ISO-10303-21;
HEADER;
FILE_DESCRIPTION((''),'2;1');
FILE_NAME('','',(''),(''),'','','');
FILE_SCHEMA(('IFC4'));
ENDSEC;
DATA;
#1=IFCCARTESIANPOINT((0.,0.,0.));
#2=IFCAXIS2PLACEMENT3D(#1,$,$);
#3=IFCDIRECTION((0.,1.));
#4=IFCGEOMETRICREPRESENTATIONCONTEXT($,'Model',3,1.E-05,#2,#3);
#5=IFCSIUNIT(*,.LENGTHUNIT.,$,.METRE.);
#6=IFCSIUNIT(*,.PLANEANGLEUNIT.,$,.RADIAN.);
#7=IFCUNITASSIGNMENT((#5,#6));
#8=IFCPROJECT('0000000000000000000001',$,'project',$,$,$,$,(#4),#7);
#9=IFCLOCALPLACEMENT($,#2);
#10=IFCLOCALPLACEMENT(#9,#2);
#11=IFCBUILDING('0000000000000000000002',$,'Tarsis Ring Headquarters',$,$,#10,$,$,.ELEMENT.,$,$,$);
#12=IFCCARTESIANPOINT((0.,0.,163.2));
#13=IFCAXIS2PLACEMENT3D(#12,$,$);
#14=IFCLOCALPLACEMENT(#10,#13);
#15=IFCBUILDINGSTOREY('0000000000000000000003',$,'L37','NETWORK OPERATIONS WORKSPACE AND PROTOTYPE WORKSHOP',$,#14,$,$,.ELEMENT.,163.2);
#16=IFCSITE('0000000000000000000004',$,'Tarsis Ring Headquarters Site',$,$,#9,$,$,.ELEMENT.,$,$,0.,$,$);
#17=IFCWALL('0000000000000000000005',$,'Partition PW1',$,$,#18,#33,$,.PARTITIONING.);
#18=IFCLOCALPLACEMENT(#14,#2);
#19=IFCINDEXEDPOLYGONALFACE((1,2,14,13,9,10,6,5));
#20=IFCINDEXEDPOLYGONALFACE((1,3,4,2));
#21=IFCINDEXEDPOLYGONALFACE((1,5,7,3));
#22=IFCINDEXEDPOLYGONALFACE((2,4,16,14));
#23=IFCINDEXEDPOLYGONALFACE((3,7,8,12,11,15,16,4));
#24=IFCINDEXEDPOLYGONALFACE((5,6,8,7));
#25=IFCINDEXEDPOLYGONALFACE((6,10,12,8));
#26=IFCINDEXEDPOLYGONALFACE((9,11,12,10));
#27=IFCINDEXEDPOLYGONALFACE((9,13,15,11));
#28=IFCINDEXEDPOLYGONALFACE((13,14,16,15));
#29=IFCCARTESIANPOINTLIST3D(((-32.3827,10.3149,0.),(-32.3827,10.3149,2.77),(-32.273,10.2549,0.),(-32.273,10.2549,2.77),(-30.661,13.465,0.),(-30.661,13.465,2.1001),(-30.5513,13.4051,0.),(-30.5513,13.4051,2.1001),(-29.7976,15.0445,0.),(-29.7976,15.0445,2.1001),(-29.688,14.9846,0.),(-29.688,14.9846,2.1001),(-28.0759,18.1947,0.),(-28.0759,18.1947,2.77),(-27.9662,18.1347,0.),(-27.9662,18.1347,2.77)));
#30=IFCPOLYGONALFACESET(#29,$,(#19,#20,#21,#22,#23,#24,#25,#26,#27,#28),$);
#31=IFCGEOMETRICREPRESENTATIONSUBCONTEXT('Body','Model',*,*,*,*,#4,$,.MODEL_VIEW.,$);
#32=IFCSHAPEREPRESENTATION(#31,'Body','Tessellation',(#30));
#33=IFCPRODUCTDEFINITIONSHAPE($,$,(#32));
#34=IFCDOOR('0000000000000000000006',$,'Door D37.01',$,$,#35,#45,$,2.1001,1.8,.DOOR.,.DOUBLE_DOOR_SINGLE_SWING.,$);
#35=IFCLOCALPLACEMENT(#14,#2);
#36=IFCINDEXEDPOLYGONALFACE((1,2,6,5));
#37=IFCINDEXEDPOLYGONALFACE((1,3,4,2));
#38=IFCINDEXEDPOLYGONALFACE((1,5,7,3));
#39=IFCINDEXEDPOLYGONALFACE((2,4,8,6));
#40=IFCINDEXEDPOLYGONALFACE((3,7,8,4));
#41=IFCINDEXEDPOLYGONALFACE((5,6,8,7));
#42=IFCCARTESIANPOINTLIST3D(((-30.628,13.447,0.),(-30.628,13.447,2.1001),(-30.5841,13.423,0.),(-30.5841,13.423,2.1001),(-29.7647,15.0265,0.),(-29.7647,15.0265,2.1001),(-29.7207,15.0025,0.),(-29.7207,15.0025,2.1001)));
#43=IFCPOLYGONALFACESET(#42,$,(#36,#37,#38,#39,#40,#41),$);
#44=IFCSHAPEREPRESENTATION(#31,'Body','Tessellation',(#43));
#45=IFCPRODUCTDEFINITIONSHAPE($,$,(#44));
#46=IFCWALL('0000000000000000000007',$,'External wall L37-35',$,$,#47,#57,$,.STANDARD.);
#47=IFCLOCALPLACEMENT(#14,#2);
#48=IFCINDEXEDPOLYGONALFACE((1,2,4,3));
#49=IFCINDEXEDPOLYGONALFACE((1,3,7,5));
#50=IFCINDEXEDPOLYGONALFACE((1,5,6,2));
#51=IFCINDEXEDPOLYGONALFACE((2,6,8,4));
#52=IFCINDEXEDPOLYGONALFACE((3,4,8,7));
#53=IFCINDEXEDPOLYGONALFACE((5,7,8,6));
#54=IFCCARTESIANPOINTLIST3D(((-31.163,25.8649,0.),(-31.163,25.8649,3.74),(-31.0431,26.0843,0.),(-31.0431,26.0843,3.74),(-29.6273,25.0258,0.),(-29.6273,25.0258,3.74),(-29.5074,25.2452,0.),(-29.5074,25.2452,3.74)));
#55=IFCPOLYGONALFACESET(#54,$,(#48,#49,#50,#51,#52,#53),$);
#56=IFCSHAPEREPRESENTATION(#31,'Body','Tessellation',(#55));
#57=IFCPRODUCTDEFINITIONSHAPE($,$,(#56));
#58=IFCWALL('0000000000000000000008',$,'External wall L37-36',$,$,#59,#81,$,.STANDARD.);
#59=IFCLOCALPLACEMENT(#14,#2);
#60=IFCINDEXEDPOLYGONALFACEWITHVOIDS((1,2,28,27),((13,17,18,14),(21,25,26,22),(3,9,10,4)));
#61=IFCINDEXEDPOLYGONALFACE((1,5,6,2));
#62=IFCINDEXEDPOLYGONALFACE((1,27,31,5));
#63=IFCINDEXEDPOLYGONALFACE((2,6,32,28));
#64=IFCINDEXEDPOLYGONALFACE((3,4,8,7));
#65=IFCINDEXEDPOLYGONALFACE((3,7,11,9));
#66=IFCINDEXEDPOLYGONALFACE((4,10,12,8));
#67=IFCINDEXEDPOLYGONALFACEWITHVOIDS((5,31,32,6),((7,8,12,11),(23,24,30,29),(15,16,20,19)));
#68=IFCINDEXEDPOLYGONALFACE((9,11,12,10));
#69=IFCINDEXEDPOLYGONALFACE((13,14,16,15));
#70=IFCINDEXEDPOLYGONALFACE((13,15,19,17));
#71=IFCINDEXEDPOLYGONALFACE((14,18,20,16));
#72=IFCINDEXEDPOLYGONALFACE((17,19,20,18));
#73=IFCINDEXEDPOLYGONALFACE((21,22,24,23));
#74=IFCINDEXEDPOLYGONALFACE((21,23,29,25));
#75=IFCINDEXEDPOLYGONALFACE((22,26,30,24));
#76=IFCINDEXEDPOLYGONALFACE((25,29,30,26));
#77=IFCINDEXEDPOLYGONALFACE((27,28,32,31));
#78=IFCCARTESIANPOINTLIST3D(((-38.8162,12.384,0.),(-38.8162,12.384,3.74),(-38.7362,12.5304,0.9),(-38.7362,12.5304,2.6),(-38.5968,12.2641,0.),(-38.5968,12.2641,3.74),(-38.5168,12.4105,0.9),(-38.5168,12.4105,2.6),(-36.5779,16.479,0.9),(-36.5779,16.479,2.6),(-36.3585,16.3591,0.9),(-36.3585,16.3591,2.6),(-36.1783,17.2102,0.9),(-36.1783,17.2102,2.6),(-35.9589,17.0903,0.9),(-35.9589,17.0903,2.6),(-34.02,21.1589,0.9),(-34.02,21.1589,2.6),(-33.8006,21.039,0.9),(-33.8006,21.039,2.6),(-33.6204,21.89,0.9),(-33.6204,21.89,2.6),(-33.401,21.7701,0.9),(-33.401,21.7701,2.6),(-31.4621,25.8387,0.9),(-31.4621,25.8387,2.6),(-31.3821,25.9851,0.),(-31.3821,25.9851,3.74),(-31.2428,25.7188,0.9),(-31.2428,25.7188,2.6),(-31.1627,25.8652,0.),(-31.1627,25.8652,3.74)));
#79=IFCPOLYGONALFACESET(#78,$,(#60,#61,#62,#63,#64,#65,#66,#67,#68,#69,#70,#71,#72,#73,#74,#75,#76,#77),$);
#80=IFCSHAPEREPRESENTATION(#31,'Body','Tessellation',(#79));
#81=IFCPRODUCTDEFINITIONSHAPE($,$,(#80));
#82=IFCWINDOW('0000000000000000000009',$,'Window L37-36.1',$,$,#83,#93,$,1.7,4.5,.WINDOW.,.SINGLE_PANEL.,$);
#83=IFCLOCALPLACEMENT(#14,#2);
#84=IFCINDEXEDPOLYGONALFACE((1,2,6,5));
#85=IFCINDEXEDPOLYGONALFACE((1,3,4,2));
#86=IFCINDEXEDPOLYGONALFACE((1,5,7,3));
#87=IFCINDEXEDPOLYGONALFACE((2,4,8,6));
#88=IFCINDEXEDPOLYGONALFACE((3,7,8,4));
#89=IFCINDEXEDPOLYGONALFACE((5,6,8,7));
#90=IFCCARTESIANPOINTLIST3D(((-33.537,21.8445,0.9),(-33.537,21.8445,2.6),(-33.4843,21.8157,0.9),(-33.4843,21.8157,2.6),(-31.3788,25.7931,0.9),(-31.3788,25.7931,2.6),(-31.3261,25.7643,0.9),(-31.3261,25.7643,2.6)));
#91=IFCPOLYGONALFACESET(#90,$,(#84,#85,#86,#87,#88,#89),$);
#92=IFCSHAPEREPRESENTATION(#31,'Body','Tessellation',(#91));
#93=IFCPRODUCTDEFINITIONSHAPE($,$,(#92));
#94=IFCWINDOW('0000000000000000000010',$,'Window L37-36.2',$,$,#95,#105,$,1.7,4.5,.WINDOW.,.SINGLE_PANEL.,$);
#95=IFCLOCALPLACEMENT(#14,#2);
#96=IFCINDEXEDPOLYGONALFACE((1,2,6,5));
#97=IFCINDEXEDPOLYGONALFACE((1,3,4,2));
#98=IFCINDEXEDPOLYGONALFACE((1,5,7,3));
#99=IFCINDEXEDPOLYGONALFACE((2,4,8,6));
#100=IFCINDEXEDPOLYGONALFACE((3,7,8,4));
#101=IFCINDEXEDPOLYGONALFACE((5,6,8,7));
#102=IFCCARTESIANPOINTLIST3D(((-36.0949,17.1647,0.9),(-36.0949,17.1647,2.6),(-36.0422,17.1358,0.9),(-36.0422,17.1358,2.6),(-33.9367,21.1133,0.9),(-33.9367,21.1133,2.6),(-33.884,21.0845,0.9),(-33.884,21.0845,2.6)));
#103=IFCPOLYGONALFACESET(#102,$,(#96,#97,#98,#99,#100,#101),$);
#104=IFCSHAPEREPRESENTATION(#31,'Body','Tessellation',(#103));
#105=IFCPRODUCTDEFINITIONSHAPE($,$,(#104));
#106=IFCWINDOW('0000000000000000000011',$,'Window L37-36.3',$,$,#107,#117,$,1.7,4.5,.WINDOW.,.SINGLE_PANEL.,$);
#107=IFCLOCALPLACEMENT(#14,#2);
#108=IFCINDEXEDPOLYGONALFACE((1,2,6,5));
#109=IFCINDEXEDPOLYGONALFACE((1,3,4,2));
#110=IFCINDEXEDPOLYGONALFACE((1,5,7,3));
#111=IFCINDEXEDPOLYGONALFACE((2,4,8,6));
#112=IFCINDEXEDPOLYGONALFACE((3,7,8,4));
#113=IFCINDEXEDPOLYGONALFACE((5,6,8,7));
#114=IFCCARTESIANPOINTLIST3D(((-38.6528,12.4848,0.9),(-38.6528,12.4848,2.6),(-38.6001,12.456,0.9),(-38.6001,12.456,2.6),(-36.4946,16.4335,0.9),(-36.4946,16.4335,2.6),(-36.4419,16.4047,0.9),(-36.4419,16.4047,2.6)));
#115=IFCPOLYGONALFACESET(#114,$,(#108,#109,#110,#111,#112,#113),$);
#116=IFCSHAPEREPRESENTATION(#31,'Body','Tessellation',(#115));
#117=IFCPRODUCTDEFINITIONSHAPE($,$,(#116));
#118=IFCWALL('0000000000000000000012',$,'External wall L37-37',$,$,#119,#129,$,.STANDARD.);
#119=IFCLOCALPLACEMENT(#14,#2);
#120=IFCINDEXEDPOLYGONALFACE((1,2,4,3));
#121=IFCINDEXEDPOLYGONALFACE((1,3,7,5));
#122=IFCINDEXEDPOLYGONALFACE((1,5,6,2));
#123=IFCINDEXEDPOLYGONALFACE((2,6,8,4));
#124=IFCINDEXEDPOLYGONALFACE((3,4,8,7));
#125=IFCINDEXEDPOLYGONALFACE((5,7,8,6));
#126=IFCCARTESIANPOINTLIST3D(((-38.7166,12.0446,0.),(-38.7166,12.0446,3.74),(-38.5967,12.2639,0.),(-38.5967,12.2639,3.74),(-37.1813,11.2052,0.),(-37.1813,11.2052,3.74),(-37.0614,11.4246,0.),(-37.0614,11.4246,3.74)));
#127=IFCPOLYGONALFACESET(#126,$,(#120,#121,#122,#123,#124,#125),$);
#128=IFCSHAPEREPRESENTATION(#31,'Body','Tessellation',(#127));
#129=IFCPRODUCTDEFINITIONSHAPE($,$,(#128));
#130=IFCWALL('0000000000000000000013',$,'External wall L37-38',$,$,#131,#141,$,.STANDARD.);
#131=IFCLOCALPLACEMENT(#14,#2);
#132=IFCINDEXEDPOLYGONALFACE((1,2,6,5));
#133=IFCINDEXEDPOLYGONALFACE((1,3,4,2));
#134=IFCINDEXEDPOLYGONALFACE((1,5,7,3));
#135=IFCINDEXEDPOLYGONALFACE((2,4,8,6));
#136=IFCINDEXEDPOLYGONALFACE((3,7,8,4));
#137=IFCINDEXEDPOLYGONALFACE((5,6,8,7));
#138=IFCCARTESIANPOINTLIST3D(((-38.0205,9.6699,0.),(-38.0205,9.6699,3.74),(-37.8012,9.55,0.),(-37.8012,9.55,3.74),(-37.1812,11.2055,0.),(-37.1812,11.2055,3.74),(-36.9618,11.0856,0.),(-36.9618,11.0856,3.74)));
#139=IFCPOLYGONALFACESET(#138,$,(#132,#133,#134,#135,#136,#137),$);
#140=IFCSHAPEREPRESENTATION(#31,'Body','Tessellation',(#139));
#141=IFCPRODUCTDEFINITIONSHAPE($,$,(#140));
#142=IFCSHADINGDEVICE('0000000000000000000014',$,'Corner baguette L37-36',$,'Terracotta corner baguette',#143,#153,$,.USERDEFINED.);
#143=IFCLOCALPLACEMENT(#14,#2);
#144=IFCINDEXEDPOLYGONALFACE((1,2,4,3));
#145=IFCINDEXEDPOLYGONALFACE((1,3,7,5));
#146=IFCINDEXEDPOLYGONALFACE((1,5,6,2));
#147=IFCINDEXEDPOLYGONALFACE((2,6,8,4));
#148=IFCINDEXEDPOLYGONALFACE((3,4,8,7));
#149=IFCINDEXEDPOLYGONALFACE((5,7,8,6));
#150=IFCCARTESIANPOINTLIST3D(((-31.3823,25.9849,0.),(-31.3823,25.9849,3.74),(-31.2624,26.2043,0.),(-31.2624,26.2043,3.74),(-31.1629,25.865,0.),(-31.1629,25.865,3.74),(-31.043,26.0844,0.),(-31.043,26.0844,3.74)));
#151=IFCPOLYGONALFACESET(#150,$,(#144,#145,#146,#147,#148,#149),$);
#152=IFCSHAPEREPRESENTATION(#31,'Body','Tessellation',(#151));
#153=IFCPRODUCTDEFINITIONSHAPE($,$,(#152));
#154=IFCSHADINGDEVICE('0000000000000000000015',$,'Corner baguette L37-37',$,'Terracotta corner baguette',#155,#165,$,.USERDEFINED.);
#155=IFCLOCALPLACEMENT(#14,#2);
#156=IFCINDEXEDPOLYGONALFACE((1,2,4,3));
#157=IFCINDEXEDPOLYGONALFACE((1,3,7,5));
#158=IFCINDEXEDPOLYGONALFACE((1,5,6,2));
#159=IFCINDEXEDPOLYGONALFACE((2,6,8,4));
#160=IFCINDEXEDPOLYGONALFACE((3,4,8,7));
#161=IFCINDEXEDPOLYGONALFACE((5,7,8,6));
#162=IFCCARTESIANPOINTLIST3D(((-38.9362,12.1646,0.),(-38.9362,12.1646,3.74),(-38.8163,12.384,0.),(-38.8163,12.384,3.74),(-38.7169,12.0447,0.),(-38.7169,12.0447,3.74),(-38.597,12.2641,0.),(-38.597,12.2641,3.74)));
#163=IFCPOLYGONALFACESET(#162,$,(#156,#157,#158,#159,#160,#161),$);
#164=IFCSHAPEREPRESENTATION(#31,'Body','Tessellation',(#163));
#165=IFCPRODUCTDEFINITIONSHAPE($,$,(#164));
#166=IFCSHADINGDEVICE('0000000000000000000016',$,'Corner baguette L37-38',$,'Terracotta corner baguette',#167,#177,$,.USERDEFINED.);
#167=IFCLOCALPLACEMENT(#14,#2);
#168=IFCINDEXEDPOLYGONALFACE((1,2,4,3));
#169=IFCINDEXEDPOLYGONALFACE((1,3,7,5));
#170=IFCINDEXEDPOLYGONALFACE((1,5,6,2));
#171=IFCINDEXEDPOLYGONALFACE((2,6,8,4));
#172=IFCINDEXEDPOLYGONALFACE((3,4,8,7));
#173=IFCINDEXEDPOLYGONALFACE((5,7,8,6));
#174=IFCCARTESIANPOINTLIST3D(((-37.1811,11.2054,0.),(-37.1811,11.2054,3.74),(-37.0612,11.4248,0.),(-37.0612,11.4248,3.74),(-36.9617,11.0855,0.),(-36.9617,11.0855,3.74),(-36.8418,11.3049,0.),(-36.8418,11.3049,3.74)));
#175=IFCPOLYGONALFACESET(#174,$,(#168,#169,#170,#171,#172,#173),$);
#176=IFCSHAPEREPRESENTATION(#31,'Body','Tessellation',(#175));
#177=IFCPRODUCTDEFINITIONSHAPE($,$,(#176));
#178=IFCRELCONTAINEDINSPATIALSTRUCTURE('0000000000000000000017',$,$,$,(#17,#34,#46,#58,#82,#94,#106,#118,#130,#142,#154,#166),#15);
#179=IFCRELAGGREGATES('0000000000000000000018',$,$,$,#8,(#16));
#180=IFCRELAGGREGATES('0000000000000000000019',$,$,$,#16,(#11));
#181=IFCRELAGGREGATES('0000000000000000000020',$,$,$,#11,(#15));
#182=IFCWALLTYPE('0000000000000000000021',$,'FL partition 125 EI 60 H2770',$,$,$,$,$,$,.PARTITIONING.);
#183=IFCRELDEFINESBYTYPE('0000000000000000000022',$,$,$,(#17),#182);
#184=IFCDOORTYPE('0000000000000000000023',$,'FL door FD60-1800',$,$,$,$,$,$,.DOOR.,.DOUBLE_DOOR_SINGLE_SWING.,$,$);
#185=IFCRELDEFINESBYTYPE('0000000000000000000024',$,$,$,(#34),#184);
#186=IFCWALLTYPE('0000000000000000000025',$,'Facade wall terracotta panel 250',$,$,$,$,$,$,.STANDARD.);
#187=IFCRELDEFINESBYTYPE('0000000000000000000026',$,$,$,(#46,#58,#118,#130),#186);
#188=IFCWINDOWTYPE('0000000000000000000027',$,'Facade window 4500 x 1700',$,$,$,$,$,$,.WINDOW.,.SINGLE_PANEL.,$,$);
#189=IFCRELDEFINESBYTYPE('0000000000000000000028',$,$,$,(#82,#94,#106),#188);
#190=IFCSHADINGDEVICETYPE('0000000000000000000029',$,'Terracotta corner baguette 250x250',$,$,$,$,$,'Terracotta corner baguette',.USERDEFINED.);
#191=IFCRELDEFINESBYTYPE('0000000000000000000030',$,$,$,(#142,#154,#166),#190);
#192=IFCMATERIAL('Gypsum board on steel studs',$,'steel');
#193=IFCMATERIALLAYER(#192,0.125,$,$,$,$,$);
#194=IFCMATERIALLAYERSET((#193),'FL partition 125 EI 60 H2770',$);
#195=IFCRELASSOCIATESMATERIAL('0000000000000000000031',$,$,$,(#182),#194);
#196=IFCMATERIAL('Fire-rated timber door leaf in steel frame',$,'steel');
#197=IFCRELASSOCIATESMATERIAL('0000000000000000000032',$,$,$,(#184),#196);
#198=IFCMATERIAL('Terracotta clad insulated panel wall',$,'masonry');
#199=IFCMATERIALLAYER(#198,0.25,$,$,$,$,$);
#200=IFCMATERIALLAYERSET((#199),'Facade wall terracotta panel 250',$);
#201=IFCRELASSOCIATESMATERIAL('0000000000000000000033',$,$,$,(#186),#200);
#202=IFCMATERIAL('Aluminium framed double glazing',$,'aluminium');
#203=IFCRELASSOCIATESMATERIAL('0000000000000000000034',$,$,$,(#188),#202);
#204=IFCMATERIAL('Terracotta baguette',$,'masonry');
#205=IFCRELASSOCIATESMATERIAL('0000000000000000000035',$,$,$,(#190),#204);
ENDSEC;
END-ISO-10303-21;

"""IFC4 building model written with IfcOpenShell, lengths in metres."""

from ifc_helpers import new_model, si_unit, direction, frame, frame_2d, origin, origin_2d, place, context, subcontext, project, spatial, rectangle, extrude, material, layer, layer_set, type_object, element, fill, save


model = new_model("IFC4")

# Units and contexts
model_context = context("Model", 3, precision=1e-05, world=origin(), true_north=direction((0.0, 1.0)))
body_context = subcontext(model_context, "Body", "Model", "MODEL_VIEW")
ifc_project = project(units=[si_unit("LENGTHUNIT", "METRE"), si_unit("PLANEANGLEUNIT", "RADIAN")], contexts=[model_context])

# Site, building, storey
site_placement = place(None, origin())
site = spatial("IfcSite", under=ifc_project, at=site_placement, Name="Tarsis Ring Headquarters Site", CompositionType="ELEMENT", RefElevation=0.0)
building_placement = place(site_placement, origin())
building = spatial("IfcBuilding", under=site, at=building_placement, Name="Tarsis Ring Headquarters", CompositionType="ELEMENT")
storey_placement = place(building_placement, frame((0.0, 0.0, 163.2)))
storey = spatial("IfcBuildingStorey", under=building, at=storey_placement, Name="L37", Description="NETWORK OPERATIONS WORKSPACE AND PROTOTYPE WORKSHOP", CompositionType="ELEMENT", Elevation=163.2)

# Shared definitions
ifc_material_1 = material(Name="Gypsum board on steel studs", Category="steel")
ifc_layer_1 = layer(ifc_material_1, 0.125)
ifc_layer_set_1 = layer_set([ifc_layer_1], Name="FL partition 125 EI 60 H2770")
wall_type_1 = type_object("IfcWallType", Name="FL partition 125 EI 60 H2770", PredefinedType="PARTITIONING", material=ifc_layer_set_1)

# Wall, opening, door
ifc_material_2 = material(Name="Fire-rated timber door leaf in steel frame", Category="steel")
wall_1_placement = place(storey_placement, frame((-32.3279, 10.2849, 0.0), z_axis=(0.0, 0.0, 1.0), x_axis=(0.479604, 0.877485, 0.0)))
wall_1 = element("IfcWall", 1, at=wall_1_placement, inside=storey, type_object=wall_type_1, Name="Partition PW1", PredefinedType="PARTITIONING", context=body_context, shape_type="SweptSolid", body=[
    extrude(rectangle(XDim=8.98, YDim=0.125, at=frame_2d((4.49, 0.0))), origin(), (0.0, 0.0, 1.0), 2.77),
])
opening_1_placement = place(wall_1_placement, frame((3.5901, 0.0, 0.0)))
opening_1 = element("IfcOpeningElement", 2, at=opening_1_placement, cuts=wall_1, PredefinedType="OPENING", context=body_context, shape_type="SweptSolid", body=[
    extrude(rectangle(XDim=1.8, YDim=2.1001, at=frame_2d((0.8999, 1.05))), frame((0.0, 0.0725, 0.0), z_axis=(0.0, -1.0, 0.0), x_axis=(1.0, 0.0, 0.0)), (0.0, 0.0, 1.0), 0.145),
])
door_type_1 = type_object("IfcDoorType", Name="FL door FD60-1800", OperationType="DOUBLE_DOOR_SINGLE_SWING", PredefinedType="DOOR", material=ifc_material_2)
door_1_placement = place(opening_1_placement, origin())
door_1 = element("IfcDoor", 3, at=door_1_placement, inside=storey, type_object=door_type_1, Name="Door D37.01", OperationType="DOUBLE_DOOR_SINGLE_SWING", OverallHeight=2.1001, OverallWidth=1.8, PredefinedType="DOOR", context=body_context, shape_type="SweptSolid", body=[
    extrude(rectangle(XDim=1.8, YDim=2.1001, at=frame_2d((0.8999, 1.05))), frame((0.0, 0.0249, 0.0), z_axis=(0.0, -1.0, 0.0), x_axis=(1.0, 0.0, 0.0)), (0.0, 0.0, 1.0), 0.05),
])
fill(opening_1, door_1)

# Wall
ifc_material_3 = material(Name="Terracotta clad insulated panel wall", Category="masonry")
ifc_layer_2 = layer(ifc_material_3, 0.25)
ifc_layer_set_2 = layer_set([ifc_layer_2], Name="Facade wall terracotta panel 250")
wall_type_2 = type_object("IfcWallType", Name="Facade wall terracotta panel 250", PredefinedType="STANDARD", material=ifc_layer_set_2)
wall_2_placement = place(storey_placement, frame((-29.5674, 25.1355, 0.0), z_axis=(0.0, 0.0, 1.0), x_axis=(-0.877538, 0.479507, 0.0)))
element("IfcWall", 4, at=wall_2_placement, inside=storey, type_object=wall_type_2, Name="External wall L37-35", PredefinedType="STANDARD", context=body_context, shape_type="SweptSolid", body=[
    extrude(rectangle(XDim=1.75, YDim=0.25, at=frame_2d((0.875, 0.0))), origin(), (0.0, 0.0, 1.0), 3.74),
])

# Wall, openings, windows
wall_3_placement = place(storey_placement, frame((-31.2725, 25.925, 0.0), z_axis=(0.0, 0.0, 1.0), x_axis=(-0.479613, -0.87748, 0.0)))
wall_3 = element("IfcWall", 5, at=wall_3_placement, inside=storey, type_object=wall_type_2, Name="External wall L37-36", PredefinedType="STANDARD", context=body_context, shape_type="SweptSolid", body=[
    extrude(rectangle(XDim=15.5002, YDim=0.25, at=frame_2d((7.75, 0.0))), origin(), (0.0, 0.0, 1.0), 3.74),
])
opening_2_placement = place(wall_3_placement, frame((0.1667, 0.0, 0.8999)))
opening_2 = element("IfcOpeningElement", 6, at=opening_2_placement, cuts=wall_3, PredefinedType="OPENING", context=body_context, shape_type="SweptSolid", body=[
    extrude(rectangle(XDim=4.5, YDim=1.7, at=frame_2d((2.25, 0.8501))), frame((0.0, 0.135, 0.0), z_axis=(0.0, -1.0, 0.0), x_axis=(1.0, 0.0, 0.0)), (0.0, 0.0, 1.0), 0.27),
])
opening_3_placement = place(wall_3_placement, frame((5.5, 0.0, 0.8999)))
opening_3 = element("IfcOpeningElement", 7, at=opening_3_placement, cuts=wall_3, PredefinedType="OPENING", context=body_context, shape_type="SweptSolid", body=[
    extrude(rectangle(XDim=4.5, YDim=1.7, at=frame_2d((2.25, 0.8501))), frame((0.0, 0.135, 0.0), z_axis=(0.0, -1.0, 0.0), x_axis=(1.0, 0.0, 0.0)), (0.0, 0.0, 1.0), 0.27),
])
opening_4_placement = place(wall_3_placement, frame((10.8333, 0.0, 0.8999)))
opening_4 = element("IfcOpeningElement", 8, at=opening_4_placement, cuts=wall_3, PredefinedType="OPENING", context=body_context, shape_type="SweptSolid", body=[
    extrude(rectangle(XDim=4.5, YDim=1.7, at=frame_2d((2.25, 0.8501))), frame((0.0, 0.135, 0.0), z_axis=(0.0, -1.0, 0.0), x_axis=(1.0, 0.0, 0.0)), (0.0, 0.0, 1.0), 0.27),
])
ifc_material_4 = material(Name="Aluminium framed double glazing", Category="aluminium")
window_type = type_object("IfcWindowType", Name="Facade window 4500 x 1700", PartitioningType="SINGLE_PANEL", PredefinedType="WINDOW", material=ifc_material_4)
window_1_placement = place(opening_2_placement, origin())
window_1 = element("IfcWindow", 9, at=window_1_placement, inside=storey, type_object=window_type, Name="Window L37-36.1", OverallHeight=1.7, OverallWidth=4.5, PartitioningType="SINGLE_PANEL", PredefinedType="WINDOW", context=body_context, shape_type="SweptSolid", body=[
    extrude(rectangle(XDim=4.5, YDim=1.7, at=frame_2d((2.25, 0.8501))), frame((0.0, 0.03, 0.0), z_axis=(0.0, -1.0, 0.0), x_axis=(1.0, 0.0, 0.0)), (0.0, 0.0, 1.0), 0.0601),
])
fill(opening_2, window_1)
window_2_placement = place(opening_3_placement, origin())
window_2 = element("IfcWindow", 10, at=window_2_placement, inside=storey, type_object=window_type, Name="Window L37-36.2", OverallHeight=1.7, OverallWidth=4.5, PartitioningType="SINGLE_PANEL", PredefinedType="WINDOW", context=body_context, shape_type="SweptSolid", body=[
    extrude(rectangle(XDim=4.5, YDim=1.7, at=frame_2d((2.25, 0.8501))), frame((0.0, 0.03, 0.0), z_axis=(0.0, -1.0, 0.0), x_axis=(1.0, 0.0, 0.0)), (0.0, 0.0, 1.0), 0.0601),
])
fill(opening_3, window_2)
window_3_placement = place(opening_4_placement, origin())
window_3 = element("IfcWindow", 11, at=window_3_placement, inside=storey, type_object=window_type, Name="Window L37-36.3", OverallHeight=1.7, OverallWidth=4.5, PartitioningType="SINGLE_PANEL", PredefinedType="WINDOW", context=body_context, shape_type="SweptSolid", body=[
    extrude(rectangle(XDim=4.5, YDim=1.7, at=frame_2d((2.25, 0.8501))), frame((0.0, 0.03, 0.0), z_axis=(0.0, -1.0, 0.0), x_axis=(1.0, 0.0, 0.0)), (0.0, 0.0, 1.0), 0.0601),
])
fill(opening_4, window_3)

# Walls
wall_4_placement = place(storey_placement, frame((-38.6567, 12.1543, 0.0), z_axis=(0.0, 0.0, 1.0), x_axis=(0.877447, -0.479673, 0.0)))
element("IfcWall", 12, at=wall_4_placement, inside=storey, type_object=wall_type_2, Name="External wall L37-37", PredefinedType="STANDARD", context=body_context, shape_type="SweptSolid", body=[
    extrude(rectangle(XDim=1.7498, YDim=0.25, at=frame_2d((0.875, 0.0))), origin(), (0.0, 0.0, 1.0), 3.74),
])
wall_5_placement = place(storey_placement, frame((-37.0715, 11.1455, 0.0), z_axis=(0.0, 0.0, 1.0), x_axis=(-0.479614, -0.877479, 0.0)))
element("IfcWall", 13, at=wall_5_placement, inside=storey, type_object=wall_type_2, Name="External wall L37-38", PredefinedType="STANDARD", context=body_context, shape_type="SweptSolid", body=[
    extrude(rectangle(XDim=1.75, YDim=0.25, at=frame_2d((0.875, 0.0))), origin(), (0.0, 0.0, 1.0), 3.74),
])

# Shading devices
ifc_material_5 = material(Name="Terracotta baguette", Category="masonry")
shading_device_type_1 = type_object("IfcShadingDeviceType", Name="Terracotta corner baguette 250x250", ElementType="Terracotta corner baguette", PredefinedType="USERDEFINED", material=ifc_material_5)
for number, where, z_axis, x_axis, name in (
    (14, (-31.2126, 26.0347, 0.0), (0.0, 0.0, 1.0), (-0.877481, 0.479611, 0.0), "Corner baguette L37-36"),
    (15, (-38.7666, 12.2144, 0.0), (0.0, 0.0, 1.0), (-0.479611, -0.877481, 0.0), "Corner baguette L37-37"),
    (16, (-37.0115, 11.2551, 0.0), (0.0, 0.0, 1.0), (0.877481, -0.479611, 0.0), "Corner baguette L37-38"),
):
    element("IfcShadingDevice", number, at=place(storey_placement, frame(where, z_axis=z_axis, x_axis=x_axis)), inside=storey, type_object=shading_device_type_1, Name=name, ObjectType="Terracotta corner baguette", PredefinedType="USERDEFINED", context=body_context, shape_type="SweptSolid", body=[
        extrude(rectangle(XDim=0.25, YDim=0.25, at=origin_2d()), origin(), (0.0, 0.0, 1.0), 3.74),
    ])

save(model, "model.ifc")
